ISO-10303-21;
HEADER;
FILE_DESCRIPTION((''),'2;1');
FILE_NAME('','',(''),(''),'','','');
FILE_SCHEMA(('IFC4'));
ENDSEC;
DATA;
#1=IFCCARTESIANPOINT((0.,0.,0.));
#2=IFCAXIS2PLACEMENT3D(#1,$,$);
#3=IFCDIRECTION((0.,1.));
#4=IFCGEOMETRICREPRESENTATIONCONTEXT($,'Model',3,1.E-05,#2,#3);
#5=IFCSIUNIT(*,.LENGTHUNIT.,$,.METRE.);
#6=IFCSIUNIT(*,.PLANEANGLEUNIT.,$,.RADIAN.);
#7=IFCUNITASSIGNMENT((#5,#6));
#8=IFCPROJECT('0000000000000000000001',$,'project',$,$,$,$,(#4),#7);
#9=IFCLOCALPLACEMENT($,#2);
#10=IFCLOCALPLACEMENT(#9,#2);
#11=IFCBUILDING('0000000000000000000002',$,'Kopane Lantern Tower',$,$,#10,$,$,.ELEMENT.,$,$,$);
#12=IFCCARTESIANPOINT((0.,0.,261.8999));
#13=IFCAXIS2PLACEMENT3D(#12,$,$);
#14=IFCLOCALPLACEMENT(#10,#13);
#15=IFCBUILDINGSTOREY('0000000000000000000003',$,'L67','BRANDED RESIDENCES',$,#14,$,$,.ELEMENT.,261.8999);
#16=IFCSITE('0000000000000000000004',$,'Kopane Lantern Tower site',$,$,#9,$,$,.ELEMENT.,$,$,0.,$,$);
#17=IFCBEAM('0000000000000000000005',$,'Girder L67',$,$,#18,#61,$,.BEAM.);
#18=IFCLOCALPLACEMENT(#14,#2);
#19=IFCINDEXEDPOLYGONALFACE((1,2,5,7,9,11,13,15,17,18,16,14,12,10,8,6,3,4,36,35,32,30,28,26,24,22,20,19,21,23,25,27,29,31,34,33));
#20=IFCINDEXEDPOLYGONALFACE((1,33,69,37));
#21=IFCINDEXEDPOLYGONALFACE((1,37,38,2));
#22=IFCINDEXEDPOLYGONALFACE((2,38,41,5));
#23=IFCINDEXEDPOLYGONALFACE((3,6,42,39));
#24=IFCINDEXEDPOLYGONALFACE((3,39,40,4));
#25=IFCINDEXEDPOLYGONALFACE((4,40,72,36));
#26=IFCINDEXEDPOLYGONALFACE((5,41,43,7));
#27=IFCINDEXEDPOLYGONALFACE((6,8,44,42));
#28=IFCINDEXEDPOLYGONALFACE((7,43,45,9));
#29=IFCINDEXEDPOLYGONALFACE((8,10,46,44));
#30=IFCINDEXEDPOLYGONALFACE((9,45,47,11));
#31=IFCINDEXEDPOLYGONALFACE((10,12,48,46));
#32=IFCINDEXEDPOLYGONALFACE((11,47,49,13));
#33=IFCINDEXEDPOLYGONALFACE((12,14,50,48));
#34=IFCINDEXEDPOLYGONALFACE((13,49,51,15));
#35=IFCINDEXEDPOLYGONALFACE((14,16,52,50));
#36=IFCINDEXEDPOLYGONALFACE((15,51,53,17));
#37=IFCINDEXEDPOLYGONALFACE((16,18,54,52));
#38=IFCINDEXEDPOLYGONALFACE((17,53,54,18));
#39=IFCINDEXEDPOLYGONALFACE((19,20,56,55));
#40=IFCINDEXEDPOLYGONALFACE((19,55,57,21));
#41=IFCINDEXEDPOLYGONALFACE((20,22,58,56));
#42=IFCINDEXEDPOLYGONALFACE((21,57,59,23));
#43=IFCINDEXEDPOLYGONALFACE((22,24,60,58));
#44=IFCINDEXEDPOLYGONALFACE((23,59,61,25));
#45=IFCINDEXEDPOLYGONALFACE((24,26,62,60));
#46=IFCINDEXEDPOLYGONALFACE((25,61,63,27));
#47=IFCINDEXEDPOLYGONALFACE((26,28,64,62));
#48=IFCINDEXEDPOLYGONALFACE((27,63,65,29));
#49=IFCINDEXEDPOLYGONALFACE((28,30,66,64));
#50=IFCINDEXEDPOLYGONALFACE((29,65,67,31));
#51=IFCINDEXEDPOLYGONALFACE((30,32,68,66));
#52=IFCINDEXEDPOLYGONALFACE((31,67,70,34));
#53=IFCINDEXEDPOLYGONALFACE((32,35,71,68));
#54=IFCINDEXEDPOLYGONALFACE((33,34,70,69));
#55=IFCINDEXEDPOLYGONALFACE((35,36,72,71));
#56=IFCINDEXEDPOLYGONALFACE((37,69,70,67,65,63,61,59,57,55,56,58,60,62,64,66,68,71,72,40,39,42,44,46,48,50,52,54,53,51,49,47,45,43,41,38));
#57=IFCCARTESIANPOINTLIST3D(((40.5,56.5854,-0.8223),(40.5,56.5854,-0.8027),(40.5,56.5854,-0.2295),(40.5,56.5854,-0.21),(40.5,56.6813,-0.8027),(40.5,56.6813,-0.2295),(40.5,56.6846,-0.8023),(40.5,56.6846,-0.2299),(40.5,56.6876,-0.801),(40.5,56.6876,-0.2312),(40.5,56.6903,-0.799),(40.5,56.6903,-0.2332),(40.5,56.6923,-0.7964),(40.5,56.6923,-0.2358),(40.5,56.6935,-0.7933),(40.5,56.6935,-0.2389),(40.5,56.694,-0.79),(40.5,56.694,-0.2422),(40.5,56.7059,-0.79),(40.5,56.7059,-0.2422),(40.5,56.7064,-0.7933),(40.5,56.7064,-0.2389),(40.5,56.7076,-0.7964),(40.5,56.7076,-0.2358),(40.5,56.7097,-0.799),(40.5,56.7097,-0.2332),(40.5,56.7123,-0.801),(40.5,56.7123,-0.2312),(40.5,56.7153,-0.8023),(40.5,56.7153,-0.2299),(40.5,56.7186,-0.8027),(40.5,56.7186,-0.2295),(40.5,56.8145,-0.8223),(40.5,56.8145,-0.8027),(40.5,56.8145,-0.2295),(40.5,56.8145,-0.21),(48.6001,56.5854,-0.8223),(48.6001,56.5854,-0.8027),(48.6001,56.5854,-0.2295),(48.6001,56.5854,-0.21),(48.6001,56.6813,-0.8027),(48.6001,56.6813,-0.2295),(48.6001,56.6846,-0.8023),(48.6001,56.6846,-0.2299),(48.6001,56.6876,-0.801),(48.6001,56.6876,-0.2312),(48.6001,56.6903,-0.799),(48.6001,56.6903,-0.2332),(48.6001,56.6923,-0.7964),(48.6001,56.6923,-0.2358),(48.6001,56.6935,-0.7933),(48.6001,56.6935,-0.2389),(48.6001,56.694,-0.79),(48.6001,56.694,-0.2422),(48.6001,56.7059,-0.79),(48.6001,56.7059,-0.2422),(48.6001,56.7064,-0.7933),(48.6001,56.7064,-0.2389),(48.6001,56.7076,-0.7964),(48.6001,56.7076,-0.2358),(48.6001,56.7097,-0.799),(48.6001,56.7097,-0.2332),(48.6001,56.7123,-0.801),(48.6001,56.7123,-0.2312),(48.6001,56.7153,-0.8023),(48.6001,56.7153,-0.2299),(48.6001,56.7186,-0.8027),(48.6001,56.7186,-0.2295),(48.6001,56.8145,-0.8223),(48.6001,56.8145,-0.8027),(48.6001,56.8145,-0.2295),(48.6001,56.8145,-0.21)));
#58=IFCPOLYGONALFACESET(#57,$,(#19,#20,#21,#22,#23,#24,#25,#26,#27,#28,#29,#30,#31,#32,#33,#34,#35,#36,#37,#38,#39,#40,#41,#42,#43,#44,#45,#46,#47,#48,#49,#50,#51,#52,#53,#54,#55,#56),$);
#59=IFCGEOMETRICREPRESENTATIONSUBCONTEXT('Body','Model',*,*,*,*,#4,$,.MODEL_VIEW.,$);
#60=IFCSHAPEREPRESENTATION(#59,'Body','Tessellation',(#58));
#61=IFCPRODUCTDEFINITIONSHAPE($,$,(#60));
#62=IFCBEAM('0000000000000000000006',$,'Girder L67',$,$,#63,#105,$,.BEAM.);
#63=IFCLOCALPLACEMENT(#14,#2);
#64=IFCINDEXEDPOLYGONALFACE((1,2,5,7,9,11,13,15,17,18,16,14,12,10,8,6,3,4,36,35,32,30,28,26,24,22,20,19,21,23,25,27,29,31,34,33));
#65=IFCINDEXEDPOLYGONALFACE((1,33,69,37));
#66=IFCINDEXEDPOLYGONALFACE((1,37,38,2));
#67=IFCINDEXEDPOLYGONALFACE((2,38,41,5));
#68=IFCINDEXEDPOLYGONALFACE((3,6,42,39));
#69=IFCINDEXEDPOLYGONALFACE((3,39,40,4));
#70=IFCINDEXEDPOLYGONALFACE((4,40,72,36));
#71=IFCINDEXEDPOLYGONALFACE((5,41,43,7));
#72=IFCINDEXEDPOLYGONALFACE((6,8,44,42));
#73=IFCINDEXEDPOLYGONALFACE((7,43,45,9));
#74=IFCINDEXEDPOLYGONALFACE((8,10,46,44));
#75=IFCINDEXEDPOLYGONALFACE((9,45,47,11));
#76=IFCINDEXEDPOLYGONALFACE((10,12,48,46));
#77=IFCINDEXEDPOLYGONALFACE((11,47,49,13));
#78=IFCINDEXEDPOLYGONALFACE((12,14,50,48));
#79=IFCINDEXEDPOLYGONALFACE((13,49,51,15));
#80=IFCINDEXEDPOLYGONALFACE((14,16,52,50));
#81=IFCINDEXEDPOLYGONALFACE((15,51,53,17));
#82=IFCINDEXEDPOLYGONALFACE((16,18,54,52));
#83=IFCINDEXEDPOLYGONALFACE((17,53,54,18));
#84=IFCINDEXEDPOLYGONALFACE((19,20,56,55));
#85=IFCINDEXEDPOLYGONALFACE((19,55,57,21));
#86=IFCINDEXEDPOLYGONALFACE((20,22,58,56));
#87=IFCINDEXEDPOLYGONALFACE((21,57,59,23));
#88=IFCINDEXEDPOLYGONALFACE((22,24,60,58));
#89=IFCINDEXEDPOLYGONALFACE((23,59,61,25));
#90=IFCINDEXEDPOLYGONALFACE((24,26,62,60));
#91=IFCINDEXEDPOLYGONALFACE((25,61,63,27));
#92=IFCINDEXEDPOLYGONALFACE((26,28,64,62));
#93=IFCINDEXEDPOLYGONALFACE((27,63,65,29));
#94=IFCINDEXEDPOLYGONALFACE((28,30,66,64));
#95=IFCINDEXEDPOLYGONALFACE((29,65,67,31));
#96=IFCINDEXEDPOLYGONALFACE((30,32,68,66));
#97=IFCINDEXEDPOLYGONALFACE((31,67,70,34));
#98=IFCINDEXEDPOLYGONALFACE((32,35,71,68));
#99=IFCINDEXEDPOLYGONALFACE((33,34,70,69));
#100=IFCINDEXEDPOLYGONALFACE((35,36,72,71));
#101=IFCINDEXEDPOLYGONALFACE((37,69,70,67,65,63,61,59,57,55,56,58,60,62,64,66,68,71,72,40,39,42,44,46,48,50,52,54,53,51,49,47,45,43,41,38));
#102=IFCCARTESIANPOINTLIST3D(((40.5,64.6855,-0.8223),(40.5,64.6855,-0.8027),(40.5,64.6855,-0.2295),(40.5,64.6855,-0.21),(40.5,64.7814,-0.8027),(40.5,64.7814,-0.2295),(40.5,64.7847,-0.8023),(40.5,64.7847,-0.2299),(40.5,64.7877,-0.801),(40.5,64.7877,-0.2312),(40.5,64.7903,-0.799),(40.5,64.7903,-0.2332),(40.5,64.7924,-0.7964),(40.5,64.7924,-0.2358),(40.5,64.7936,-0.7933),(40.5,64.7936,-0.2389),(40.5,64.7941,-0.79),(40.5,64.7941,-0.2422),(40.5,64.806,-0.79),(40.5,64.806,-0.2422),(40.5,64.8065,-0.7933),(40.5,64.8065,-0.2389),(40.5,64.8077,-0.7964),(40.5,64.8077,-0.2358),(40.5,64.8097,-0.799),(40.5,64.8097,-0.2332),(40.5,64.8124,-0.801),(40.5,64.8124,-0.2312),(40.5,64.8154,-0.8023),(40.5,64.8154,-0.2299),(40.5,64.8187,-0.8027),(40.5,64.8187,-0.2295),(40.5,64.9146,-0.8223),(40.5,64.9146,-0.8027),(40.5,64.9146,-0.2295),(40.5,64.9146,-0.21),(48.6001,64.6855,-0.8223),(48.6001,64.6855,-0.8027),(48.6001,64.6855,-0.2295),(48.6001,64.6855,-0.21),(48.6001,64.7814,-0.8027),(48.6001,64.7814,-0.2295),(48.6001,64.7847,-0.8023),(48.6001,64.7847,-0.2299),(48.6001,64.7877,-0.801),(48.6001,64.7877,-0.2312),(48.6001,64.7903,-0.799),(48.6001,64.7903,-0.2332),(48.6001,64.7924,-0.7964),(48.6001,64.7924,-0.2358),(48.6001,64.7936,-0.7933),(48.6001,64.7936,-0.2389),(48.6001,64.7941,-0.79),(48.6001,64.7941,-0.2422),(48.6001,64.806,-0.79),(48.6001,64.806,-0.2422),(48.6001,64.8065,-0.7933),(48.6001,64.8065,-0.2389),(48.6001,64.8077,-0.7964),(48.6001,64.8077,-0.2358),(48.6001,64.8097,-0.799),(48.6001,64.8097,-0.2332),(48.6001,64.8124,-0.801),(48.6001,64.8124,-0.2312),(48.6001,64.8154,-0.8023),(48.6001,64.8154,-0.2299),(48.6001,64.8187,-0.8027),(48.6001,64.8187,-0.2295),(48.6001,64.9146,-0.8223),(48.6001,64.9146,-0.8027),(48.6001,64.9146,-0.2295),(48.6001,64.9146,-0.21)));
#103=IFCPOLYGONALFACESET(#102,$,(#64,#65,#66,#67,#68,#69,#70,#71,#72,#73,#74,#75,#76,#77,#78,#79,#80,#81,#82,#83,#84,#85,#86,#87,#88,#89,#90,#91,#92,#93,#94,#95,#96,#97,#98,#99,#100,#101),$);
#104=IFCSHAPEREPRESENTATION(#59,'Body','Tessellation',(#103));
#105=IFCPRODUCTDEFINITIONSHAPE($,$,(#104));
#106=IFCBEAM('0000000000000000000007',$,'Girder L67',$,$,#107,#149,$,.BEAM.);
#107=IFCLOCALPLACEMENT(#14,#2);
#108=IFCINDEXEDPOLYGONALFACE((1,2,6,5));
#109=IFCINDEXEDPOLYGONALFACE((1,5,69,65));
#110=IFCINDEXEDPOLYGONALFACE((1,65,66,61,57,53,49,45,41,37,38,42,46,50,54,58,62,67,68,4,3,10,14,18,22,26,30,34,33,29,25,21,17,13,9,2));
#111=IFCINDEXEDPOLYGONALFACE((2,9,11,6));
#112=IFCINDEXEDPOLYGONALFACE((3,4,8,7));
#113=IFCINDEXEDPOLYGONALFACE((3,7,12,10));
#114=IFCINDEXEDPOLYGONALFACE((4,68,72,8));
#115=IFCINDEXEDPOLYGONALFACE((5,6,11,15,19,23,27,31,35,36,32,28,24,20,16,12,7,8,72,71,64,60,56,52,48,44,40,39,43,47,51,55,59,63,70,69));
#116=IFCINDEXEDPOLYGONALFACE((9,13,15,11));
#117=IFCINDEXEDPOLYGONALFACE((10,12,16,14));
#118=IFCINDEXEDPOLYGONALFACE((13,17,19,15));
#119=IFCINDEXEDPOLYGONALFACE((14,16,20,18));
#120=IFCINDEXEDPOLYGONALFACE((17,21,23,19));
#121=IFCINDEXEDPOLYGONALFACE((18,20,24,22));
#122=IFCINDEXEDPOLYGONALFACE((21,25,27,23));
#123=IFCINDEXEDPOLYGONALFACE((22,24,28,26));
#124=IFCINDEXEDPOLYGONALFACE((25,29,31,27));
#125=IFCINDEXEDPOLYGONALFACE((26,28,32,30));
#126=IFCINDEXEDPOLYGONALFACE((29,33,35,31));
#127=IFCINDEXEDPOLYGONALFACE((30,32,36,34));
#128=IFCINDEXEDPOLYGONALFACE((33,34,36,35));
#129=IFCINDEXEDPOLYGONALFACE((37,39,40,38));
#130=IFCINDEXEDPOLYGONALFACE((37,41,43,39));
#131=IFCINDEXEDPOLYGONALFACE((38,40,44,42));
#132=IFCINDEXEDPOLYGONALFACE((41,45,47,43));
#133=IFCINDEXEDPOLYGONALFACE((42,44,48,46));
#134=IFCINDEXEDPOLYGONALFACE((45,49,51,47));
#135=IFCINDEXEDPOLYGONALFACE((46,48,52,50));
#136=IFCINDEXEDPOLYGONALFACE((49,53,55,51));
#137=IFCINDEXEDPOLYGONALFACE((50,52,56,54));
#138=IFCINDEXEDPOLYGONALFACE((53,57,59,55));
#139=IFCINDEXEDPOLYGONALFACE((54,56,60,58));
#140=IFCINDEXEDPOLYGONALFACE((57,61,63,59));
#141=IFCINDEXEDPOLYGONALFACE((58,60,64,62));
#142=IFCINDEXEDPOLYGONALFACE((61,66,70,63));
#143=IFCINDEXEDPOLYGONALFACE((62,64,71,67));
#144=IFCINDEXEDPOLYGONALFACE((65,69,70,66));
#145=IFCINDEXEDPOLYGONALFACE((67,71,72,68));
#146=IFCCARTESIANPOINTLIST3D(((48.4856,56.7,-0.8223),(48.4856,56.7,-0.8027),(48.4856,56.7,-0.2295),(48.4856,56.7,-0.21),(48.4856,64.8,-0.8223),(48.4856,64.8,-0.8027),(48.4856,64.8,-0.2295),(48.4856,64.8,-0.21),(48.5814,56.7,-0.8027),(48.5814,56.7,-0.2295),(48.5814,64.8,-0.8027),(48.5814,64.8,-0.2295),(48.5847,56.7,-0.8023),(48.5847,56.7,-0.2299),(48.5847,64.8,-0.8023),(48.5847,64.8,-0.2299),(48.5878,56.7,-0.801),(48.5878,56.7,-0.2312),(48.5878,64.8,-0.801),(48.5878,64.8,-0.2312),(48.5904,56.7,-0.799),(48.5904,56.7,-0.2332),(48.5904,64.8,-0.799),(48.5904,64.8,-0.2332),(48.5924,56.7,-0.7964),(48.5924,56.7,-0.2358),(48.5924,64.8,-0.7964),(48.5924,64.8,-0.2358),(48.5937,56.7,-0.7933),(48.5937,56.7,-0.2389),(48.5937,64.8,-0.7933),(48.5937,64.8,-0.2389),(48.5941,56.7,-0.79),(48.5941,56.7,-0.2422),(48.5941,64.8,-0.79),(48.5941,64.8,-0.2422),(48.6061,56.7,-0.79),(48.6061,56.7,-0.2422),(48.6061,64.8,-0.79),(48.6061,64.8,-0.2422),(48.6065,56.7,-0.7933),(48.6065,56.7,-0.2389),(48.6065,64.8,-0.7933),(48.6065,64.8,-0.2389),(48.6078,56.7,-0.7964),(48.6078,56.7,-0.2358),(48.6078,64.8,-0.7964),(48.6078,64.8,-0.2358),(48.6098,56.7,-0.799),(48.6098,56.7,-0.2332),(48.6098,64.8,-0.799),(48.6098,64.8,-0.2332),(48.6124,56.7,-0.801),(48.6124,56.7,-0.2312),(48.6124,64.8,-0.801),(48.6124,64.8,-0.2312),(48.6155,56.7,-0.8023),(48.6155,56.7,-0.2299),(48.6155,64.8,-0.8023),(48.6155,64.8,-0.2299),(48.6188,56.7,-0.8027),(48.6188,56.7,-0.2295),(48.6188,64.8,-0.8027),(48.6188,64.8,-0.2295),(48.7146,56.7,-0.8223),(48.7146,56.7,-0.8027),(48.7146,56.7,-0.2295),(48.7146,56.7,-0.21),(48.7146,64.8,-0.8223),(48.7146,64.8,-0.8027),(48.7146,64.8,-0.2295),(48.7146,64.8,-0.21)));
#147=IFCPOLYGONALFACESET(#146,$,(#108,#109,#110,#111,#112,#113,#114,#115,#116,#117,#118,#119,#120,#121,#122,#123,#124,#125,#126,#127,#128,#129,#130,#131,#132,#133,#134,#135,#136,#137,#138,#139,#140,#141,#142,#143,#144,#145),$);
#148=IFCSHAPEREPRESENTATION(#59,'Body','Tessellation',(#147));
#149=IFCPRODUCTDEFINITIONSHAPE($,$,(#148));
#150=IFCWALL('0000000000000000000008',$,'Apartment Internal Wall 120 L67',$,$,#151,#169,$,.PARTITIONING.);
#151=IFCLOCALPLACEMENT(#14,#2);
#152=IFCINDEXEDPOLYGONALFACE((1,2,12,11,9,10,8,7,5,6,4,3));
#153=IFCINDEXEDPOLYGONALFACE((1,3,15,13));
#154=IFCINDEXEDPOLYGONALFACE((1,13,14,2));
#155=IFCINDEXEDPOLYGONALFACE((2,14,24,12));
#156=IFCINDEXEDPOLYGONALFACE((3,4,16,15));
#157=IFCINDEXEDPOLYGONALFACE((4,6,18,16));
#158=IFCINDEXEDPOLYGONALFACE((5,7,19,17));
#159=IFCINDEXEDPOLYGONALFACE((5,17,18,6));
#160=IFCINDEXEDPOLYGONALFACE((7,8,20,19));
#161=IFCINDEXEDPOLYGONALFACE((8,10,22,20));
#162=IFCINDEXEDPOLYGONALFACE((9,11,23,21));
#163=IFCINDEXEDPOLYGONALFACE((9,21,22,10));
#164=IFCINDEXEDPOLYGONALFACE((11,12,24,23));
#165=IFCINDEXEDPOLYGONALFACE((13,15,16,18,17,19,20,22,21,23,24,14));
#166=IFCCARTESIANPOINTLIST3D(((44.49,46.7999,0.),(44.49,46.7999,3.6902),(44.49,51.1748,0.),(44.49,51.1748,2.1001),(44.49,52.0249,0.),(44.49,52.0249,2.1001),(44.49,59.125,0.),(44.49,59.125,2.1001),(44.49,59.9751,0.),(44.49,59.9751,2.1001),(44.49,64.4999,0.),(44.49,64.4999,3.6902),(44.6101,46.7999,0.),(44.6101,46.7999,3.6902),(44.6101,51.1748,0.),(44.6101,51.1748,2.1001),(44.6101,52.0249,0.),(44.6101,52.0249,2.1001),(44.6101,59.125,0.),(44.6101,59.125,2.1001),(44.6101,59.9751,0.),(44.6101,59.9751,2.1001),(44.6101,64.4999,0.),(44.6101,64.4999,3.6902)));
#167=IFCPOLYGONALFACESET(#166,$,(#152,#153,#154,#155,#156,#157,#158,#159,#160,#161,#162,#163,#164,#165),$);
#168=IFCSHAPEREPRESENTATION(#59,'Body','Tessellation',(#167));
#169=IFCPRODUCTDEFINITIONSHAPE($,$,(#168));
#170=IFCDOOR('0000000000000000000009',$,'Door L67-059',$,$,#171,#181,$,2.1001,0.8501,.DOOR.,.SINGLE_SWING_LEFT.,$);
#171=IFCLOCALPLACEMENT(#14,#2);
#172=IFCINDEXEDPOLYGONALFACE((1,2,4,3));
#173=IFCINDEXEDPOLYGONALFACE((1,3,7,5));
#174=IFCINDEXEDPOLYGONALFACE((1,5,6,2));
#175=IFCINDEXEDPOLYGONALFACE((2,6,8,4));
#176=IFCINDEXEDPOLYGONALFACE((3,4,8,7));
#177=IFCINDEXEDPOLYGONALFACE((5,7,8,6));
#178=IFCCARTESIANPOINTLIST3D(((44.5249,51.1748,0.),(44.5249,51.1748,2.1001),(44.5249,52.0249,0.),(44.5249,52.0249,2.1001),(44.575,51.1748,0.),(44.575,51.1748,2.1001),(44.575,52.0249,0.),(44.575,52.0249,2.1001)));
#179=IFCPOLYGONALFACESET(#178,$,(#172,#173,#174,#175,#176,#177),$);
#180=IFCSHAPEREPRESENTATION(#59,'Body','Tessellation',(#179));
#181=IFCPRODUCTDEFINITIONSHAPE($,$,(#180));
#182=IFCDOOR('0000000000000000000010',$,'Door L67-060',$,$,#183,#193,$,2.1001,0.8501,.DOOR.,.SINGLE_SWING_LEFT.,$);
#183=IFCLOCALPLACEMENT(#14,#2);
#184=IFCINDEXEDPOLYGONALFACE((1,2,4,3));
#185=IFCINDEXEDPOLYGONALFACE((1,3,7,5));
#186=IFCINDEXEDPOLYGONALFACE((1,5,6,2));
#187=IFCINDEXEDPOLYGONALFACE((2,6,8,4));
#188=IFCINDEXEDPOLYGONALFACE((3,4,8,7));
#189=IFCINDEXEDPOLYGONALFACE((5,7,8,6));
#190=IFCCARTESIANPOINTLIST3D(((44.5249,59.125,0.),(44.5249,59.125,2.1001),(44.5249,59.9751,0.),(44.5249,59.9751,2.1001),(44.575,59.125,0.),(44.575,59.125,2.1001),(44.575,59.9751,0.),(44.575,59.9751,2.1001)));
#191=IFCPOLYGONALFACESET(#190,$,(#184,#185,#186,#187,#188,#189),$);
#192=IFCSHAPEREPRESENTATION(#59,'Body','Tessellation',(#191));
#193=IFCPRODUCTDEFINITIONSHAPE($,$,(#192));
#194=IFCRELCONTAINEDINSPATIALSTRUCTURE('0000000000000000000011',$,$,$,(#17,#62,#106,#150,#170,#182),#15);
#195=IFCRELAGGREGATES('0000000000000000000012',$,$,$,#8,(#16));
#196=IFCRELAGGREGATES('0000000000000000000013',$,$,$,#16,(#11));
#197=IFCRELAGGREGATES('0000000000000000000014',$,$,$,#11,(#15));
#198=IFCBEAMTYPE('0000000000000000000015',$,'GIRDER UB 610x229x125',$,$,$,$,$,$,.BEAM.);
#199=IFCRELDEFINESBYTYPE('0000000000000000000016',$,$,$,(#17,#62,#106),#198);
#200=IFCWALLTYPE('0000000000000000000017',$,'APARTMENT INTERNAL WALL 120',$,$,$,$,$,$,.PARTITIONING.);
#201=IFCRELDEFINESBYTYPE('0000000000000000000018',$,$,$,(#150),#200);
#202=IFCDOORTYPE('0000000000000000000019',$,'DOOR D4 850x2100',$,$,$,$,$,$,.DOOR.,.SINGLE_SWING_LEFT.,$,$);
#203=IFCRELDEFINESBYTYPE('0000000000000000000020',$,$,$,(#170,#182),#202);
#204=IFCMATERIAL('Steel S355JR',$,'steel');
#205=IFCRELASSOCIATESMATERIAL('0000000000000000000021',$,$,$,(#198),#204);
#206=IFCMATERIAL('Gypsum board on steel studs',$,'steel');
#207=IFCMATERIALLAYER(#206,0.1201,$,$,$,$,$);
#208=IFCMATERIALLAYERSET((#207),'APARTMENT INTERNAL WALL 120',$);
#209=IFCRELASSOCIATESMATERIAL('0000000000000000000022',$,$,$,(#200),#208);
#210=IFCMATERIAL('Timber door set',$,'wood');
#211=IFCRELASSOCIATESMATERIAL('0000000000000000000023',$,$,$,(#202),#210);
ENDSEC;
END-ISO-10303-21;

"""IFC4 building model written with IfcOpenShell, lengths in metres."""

from ifc_helpers import new_model, si_unit, direction, frame, frame_2d, origin, origin_2d, place, context, subcontext, project, spatial, rectangle, i_section, extrude, material, layer, layer_set, material_profile, profile_set, type_object, element, fill, save


model = new_model("IFC4")

# Units and contexts
model_context = context("Model", 3, precision=1e-05, world=origin(), true_north=direction((0.0, 1.0)))
body_context = subcontext(model_context, "Body", "Model", "MODEL_VIEW")
ifc_project = project(units=[si_unit("LENGTHUNIT", "METRE"), si_unit("PLANEANGLEUNIT", "RADIAN")], contexts=[model_context])

# Site, building, storey
site_placement = place(None, origin())
site = spatial("IfcSite", under=ifc_project, at=site_placement, Name="Kopane Lantern Tower site", CompositionType="ELEMENT", RefElevation=0.0)
building_placement = place(site_placement, origin())
building = spatial("IfcBuilding", under=site, at=building_placement, Name="Kopane Lantern Tower", CompositionType="ELEMENT")
storey_placement = place(building_placement, frame((0.0, 0.0, 261.8999)))
storey = spatial("IfcBuildingStorey", under=building, at=storey_placement, Name="L67", Description="BRANDED RESIDENCES", CompositionType="ELEMENT", Elevation=261.8999)

# Beams
ifc_material_1 = material(Name="Steel S355JR", Category="steel")
ifc_material_profile_1 = material_profile(ifc_material_1, i_section(OverallWidth=0.229, OverallDepth=0.6123, WebThickness=0.012, FlangeThickness=0.0195, FilletRadius=0.0127, at=origin_2d()), Name="UB 610x229x125")
ifc_profile_set_1 = profile_set([ifc_material_profile_1], Name="Steel S355JR")
beam_type = type_object("IfcBeamType", Name="GIRDER UB 610x229x125", PredefinedType="BEAM", material=ifc_profile_set_1)
for number, where, z_axis, x_axis, name in (
    (1, (40.5, 56.7, -0.5161), (1.0, 0.0, 0.0), (0.0, 1.0, 0.0), "Girder L67"),
    (2, (40.5, 64.8, -0.5161), (1.0, 0.0, 0.0), (0.0, 1.0, 0.0), "Girder L67"),
    (3, (48.6001, 56.7, -0.5161), (0.0, 1.0, 0.0), (-1.0, 0.0, 0.0), "Girder L67"),
):
    element("IfcBeam", number, at=place(storey_placement, frame(where, z_axis=z_axis, x_axis=x_axis)), inside=storey, type_object=beam_type, Name=name, PredefinedType="BEAM", context=body_context, shape_type="SweptSolid", body=[
        extrude(i_section(OverallWidth=0.229, OverallDepth=0.6123, WebThickness=0.012, FlangeThickness=0.0195, FilletRadius=0.0127, at=origin_2d()), origin(), (0.0, 0.0, 1.0), 8.1001),
    ])

# Wall, openings, doors
ifc_material_2 = material(Name="Gypsum board on steel studs", Category="steel")
ifc_layer_1 = layer(ifc_material_2, 0.1201)
ifc_layer_set_1 = layer_set([ifc_layer_1], Name="APARTMENT INTERNAL WALL 120")
wall_type_1 = type_object("IfcWallType", Name="APARTMENT INTERNAL WALL 120", PredefinedType="PARTITIONING", material=ifc_layer_set_1)
wall_1_placement = place(storey_placement, frame((44.55, 64.5, 0.0), z_axis=(0.0, 0.0, 1.0), x_axis=(0.0, -1.0, 0.0)))
wall_1 = element("IfcWall", 4, at=wall_1_placement, inside=storey, type_object=wall_type_1, Name="Apartment Internal Wall 120 L67", PredefinedType="PARTITIONING", context=body_context, shape_type="SweptSolid", body=[
    extrude(rectangle(XDim=17.7, YDim=0.1201, at=frame_2d((8.8501, 0.0))), origin(), (0.0, 0.0, 1.0), 3.6902),
])
opening_1_placement = place(wall_1_placement, frame((12.4751, 0.0, 0.0)))
opening_1 = element("IfcOpeningElement", 5, at=opening_1_placement, cuts=wall_1, PredefinedType="OPENING", context=body_context, shape_type="SweptSolid", body=[
    extrude(rectangle(XDim=0.8501, YDim=2.1001, at=frame_2d((0.425, 1.05))), frame((0.0, 0.0701, 0.0), z_axis=(0.0, -1.0, 0.0), x_axis=(1.0, 0.0, 0.0)), (0.0, 0.0, 1.0), 0.1401),
])
opening_2_placement = place(wall_1_placement, frame((4.5249, 0.0, 0.0)))
opening_2 = element("IfcOpeningElement", 6, at=opening_2_placement, cuts=wall_1, PredefinedType="OPENING", context=body_context, shape_type="SweptSolid", body=[
    extrude(rectangle(XDim=0.8501, YDim=2.1001, at=frame_2d((0.425, 1.05))), frame((0.0, 0.0701, 0.0), z_axis=(0.0, -1.0, 0.0), x_axis=(1.0, 0.0, 0.0)), (0.0, 0.0, 1.0), 0.1401),
])
ifc_material_3 = material(Name="Timber door set", Category="wood")
door_type = type_object("IfcDoorType", Name="DOOR D4 850x2100", OperationType="SINGLE_SWING_LEFT", PredefinedType="DOOR", material=ifc_material_3)
door_1_placement = place(opening_1_placement, origin())
door_1 = element("IfcDoor", 7, at=door_1_placement, inside=storey, type_object=door_type, Name="Door L67-059", OperationType="SINGLE_SWING_LEFT", OverallHeight=2.1001, OverallWidth=0.8501, PredefinedType="DOOR", context=body_context, shape_type="SweptSolid", body=[
    extrude(rectangle(XDim=0.8501, YDim=2.1001, at=frame_2d((0.425, 1.05))), frame((0.0, 0.0249, 0.0), z_axis=(0.0, -1.0, 0.0), x_axis=(1.0, 0.0, 0.0)), (0.0, 0.0, 1.0), 0.05),
])
fill(opening_1, door_1)
door_2_placement = place(opening_2_placement, origin())
door_2 = element("IfcDoor", 8, at=door_2_placement, inside=storey, type_object=door_type, Name="Door L67-060", OperationType="SINGLE_SWING_LEFT", OverallHeight=2.1001, OverallWidth=0.8501, PredefinedType="DOOR", context=body_context, shape_type="SweptSolid", body=[
    extrude(rectangle(XDim=0.8501, YDim=2.1001, at=frame_2d((0.425, 1.05))), frame((0.0, 0.0249, 0.0), z_axis=(0.0, -1.0, 0.0), x_axis=(1.0, 0.0, 0.0)), (0.0, 0.0, 1.0), 0.05),
])
fill(opening_2, door_2)

save(model, "model.ifc")
